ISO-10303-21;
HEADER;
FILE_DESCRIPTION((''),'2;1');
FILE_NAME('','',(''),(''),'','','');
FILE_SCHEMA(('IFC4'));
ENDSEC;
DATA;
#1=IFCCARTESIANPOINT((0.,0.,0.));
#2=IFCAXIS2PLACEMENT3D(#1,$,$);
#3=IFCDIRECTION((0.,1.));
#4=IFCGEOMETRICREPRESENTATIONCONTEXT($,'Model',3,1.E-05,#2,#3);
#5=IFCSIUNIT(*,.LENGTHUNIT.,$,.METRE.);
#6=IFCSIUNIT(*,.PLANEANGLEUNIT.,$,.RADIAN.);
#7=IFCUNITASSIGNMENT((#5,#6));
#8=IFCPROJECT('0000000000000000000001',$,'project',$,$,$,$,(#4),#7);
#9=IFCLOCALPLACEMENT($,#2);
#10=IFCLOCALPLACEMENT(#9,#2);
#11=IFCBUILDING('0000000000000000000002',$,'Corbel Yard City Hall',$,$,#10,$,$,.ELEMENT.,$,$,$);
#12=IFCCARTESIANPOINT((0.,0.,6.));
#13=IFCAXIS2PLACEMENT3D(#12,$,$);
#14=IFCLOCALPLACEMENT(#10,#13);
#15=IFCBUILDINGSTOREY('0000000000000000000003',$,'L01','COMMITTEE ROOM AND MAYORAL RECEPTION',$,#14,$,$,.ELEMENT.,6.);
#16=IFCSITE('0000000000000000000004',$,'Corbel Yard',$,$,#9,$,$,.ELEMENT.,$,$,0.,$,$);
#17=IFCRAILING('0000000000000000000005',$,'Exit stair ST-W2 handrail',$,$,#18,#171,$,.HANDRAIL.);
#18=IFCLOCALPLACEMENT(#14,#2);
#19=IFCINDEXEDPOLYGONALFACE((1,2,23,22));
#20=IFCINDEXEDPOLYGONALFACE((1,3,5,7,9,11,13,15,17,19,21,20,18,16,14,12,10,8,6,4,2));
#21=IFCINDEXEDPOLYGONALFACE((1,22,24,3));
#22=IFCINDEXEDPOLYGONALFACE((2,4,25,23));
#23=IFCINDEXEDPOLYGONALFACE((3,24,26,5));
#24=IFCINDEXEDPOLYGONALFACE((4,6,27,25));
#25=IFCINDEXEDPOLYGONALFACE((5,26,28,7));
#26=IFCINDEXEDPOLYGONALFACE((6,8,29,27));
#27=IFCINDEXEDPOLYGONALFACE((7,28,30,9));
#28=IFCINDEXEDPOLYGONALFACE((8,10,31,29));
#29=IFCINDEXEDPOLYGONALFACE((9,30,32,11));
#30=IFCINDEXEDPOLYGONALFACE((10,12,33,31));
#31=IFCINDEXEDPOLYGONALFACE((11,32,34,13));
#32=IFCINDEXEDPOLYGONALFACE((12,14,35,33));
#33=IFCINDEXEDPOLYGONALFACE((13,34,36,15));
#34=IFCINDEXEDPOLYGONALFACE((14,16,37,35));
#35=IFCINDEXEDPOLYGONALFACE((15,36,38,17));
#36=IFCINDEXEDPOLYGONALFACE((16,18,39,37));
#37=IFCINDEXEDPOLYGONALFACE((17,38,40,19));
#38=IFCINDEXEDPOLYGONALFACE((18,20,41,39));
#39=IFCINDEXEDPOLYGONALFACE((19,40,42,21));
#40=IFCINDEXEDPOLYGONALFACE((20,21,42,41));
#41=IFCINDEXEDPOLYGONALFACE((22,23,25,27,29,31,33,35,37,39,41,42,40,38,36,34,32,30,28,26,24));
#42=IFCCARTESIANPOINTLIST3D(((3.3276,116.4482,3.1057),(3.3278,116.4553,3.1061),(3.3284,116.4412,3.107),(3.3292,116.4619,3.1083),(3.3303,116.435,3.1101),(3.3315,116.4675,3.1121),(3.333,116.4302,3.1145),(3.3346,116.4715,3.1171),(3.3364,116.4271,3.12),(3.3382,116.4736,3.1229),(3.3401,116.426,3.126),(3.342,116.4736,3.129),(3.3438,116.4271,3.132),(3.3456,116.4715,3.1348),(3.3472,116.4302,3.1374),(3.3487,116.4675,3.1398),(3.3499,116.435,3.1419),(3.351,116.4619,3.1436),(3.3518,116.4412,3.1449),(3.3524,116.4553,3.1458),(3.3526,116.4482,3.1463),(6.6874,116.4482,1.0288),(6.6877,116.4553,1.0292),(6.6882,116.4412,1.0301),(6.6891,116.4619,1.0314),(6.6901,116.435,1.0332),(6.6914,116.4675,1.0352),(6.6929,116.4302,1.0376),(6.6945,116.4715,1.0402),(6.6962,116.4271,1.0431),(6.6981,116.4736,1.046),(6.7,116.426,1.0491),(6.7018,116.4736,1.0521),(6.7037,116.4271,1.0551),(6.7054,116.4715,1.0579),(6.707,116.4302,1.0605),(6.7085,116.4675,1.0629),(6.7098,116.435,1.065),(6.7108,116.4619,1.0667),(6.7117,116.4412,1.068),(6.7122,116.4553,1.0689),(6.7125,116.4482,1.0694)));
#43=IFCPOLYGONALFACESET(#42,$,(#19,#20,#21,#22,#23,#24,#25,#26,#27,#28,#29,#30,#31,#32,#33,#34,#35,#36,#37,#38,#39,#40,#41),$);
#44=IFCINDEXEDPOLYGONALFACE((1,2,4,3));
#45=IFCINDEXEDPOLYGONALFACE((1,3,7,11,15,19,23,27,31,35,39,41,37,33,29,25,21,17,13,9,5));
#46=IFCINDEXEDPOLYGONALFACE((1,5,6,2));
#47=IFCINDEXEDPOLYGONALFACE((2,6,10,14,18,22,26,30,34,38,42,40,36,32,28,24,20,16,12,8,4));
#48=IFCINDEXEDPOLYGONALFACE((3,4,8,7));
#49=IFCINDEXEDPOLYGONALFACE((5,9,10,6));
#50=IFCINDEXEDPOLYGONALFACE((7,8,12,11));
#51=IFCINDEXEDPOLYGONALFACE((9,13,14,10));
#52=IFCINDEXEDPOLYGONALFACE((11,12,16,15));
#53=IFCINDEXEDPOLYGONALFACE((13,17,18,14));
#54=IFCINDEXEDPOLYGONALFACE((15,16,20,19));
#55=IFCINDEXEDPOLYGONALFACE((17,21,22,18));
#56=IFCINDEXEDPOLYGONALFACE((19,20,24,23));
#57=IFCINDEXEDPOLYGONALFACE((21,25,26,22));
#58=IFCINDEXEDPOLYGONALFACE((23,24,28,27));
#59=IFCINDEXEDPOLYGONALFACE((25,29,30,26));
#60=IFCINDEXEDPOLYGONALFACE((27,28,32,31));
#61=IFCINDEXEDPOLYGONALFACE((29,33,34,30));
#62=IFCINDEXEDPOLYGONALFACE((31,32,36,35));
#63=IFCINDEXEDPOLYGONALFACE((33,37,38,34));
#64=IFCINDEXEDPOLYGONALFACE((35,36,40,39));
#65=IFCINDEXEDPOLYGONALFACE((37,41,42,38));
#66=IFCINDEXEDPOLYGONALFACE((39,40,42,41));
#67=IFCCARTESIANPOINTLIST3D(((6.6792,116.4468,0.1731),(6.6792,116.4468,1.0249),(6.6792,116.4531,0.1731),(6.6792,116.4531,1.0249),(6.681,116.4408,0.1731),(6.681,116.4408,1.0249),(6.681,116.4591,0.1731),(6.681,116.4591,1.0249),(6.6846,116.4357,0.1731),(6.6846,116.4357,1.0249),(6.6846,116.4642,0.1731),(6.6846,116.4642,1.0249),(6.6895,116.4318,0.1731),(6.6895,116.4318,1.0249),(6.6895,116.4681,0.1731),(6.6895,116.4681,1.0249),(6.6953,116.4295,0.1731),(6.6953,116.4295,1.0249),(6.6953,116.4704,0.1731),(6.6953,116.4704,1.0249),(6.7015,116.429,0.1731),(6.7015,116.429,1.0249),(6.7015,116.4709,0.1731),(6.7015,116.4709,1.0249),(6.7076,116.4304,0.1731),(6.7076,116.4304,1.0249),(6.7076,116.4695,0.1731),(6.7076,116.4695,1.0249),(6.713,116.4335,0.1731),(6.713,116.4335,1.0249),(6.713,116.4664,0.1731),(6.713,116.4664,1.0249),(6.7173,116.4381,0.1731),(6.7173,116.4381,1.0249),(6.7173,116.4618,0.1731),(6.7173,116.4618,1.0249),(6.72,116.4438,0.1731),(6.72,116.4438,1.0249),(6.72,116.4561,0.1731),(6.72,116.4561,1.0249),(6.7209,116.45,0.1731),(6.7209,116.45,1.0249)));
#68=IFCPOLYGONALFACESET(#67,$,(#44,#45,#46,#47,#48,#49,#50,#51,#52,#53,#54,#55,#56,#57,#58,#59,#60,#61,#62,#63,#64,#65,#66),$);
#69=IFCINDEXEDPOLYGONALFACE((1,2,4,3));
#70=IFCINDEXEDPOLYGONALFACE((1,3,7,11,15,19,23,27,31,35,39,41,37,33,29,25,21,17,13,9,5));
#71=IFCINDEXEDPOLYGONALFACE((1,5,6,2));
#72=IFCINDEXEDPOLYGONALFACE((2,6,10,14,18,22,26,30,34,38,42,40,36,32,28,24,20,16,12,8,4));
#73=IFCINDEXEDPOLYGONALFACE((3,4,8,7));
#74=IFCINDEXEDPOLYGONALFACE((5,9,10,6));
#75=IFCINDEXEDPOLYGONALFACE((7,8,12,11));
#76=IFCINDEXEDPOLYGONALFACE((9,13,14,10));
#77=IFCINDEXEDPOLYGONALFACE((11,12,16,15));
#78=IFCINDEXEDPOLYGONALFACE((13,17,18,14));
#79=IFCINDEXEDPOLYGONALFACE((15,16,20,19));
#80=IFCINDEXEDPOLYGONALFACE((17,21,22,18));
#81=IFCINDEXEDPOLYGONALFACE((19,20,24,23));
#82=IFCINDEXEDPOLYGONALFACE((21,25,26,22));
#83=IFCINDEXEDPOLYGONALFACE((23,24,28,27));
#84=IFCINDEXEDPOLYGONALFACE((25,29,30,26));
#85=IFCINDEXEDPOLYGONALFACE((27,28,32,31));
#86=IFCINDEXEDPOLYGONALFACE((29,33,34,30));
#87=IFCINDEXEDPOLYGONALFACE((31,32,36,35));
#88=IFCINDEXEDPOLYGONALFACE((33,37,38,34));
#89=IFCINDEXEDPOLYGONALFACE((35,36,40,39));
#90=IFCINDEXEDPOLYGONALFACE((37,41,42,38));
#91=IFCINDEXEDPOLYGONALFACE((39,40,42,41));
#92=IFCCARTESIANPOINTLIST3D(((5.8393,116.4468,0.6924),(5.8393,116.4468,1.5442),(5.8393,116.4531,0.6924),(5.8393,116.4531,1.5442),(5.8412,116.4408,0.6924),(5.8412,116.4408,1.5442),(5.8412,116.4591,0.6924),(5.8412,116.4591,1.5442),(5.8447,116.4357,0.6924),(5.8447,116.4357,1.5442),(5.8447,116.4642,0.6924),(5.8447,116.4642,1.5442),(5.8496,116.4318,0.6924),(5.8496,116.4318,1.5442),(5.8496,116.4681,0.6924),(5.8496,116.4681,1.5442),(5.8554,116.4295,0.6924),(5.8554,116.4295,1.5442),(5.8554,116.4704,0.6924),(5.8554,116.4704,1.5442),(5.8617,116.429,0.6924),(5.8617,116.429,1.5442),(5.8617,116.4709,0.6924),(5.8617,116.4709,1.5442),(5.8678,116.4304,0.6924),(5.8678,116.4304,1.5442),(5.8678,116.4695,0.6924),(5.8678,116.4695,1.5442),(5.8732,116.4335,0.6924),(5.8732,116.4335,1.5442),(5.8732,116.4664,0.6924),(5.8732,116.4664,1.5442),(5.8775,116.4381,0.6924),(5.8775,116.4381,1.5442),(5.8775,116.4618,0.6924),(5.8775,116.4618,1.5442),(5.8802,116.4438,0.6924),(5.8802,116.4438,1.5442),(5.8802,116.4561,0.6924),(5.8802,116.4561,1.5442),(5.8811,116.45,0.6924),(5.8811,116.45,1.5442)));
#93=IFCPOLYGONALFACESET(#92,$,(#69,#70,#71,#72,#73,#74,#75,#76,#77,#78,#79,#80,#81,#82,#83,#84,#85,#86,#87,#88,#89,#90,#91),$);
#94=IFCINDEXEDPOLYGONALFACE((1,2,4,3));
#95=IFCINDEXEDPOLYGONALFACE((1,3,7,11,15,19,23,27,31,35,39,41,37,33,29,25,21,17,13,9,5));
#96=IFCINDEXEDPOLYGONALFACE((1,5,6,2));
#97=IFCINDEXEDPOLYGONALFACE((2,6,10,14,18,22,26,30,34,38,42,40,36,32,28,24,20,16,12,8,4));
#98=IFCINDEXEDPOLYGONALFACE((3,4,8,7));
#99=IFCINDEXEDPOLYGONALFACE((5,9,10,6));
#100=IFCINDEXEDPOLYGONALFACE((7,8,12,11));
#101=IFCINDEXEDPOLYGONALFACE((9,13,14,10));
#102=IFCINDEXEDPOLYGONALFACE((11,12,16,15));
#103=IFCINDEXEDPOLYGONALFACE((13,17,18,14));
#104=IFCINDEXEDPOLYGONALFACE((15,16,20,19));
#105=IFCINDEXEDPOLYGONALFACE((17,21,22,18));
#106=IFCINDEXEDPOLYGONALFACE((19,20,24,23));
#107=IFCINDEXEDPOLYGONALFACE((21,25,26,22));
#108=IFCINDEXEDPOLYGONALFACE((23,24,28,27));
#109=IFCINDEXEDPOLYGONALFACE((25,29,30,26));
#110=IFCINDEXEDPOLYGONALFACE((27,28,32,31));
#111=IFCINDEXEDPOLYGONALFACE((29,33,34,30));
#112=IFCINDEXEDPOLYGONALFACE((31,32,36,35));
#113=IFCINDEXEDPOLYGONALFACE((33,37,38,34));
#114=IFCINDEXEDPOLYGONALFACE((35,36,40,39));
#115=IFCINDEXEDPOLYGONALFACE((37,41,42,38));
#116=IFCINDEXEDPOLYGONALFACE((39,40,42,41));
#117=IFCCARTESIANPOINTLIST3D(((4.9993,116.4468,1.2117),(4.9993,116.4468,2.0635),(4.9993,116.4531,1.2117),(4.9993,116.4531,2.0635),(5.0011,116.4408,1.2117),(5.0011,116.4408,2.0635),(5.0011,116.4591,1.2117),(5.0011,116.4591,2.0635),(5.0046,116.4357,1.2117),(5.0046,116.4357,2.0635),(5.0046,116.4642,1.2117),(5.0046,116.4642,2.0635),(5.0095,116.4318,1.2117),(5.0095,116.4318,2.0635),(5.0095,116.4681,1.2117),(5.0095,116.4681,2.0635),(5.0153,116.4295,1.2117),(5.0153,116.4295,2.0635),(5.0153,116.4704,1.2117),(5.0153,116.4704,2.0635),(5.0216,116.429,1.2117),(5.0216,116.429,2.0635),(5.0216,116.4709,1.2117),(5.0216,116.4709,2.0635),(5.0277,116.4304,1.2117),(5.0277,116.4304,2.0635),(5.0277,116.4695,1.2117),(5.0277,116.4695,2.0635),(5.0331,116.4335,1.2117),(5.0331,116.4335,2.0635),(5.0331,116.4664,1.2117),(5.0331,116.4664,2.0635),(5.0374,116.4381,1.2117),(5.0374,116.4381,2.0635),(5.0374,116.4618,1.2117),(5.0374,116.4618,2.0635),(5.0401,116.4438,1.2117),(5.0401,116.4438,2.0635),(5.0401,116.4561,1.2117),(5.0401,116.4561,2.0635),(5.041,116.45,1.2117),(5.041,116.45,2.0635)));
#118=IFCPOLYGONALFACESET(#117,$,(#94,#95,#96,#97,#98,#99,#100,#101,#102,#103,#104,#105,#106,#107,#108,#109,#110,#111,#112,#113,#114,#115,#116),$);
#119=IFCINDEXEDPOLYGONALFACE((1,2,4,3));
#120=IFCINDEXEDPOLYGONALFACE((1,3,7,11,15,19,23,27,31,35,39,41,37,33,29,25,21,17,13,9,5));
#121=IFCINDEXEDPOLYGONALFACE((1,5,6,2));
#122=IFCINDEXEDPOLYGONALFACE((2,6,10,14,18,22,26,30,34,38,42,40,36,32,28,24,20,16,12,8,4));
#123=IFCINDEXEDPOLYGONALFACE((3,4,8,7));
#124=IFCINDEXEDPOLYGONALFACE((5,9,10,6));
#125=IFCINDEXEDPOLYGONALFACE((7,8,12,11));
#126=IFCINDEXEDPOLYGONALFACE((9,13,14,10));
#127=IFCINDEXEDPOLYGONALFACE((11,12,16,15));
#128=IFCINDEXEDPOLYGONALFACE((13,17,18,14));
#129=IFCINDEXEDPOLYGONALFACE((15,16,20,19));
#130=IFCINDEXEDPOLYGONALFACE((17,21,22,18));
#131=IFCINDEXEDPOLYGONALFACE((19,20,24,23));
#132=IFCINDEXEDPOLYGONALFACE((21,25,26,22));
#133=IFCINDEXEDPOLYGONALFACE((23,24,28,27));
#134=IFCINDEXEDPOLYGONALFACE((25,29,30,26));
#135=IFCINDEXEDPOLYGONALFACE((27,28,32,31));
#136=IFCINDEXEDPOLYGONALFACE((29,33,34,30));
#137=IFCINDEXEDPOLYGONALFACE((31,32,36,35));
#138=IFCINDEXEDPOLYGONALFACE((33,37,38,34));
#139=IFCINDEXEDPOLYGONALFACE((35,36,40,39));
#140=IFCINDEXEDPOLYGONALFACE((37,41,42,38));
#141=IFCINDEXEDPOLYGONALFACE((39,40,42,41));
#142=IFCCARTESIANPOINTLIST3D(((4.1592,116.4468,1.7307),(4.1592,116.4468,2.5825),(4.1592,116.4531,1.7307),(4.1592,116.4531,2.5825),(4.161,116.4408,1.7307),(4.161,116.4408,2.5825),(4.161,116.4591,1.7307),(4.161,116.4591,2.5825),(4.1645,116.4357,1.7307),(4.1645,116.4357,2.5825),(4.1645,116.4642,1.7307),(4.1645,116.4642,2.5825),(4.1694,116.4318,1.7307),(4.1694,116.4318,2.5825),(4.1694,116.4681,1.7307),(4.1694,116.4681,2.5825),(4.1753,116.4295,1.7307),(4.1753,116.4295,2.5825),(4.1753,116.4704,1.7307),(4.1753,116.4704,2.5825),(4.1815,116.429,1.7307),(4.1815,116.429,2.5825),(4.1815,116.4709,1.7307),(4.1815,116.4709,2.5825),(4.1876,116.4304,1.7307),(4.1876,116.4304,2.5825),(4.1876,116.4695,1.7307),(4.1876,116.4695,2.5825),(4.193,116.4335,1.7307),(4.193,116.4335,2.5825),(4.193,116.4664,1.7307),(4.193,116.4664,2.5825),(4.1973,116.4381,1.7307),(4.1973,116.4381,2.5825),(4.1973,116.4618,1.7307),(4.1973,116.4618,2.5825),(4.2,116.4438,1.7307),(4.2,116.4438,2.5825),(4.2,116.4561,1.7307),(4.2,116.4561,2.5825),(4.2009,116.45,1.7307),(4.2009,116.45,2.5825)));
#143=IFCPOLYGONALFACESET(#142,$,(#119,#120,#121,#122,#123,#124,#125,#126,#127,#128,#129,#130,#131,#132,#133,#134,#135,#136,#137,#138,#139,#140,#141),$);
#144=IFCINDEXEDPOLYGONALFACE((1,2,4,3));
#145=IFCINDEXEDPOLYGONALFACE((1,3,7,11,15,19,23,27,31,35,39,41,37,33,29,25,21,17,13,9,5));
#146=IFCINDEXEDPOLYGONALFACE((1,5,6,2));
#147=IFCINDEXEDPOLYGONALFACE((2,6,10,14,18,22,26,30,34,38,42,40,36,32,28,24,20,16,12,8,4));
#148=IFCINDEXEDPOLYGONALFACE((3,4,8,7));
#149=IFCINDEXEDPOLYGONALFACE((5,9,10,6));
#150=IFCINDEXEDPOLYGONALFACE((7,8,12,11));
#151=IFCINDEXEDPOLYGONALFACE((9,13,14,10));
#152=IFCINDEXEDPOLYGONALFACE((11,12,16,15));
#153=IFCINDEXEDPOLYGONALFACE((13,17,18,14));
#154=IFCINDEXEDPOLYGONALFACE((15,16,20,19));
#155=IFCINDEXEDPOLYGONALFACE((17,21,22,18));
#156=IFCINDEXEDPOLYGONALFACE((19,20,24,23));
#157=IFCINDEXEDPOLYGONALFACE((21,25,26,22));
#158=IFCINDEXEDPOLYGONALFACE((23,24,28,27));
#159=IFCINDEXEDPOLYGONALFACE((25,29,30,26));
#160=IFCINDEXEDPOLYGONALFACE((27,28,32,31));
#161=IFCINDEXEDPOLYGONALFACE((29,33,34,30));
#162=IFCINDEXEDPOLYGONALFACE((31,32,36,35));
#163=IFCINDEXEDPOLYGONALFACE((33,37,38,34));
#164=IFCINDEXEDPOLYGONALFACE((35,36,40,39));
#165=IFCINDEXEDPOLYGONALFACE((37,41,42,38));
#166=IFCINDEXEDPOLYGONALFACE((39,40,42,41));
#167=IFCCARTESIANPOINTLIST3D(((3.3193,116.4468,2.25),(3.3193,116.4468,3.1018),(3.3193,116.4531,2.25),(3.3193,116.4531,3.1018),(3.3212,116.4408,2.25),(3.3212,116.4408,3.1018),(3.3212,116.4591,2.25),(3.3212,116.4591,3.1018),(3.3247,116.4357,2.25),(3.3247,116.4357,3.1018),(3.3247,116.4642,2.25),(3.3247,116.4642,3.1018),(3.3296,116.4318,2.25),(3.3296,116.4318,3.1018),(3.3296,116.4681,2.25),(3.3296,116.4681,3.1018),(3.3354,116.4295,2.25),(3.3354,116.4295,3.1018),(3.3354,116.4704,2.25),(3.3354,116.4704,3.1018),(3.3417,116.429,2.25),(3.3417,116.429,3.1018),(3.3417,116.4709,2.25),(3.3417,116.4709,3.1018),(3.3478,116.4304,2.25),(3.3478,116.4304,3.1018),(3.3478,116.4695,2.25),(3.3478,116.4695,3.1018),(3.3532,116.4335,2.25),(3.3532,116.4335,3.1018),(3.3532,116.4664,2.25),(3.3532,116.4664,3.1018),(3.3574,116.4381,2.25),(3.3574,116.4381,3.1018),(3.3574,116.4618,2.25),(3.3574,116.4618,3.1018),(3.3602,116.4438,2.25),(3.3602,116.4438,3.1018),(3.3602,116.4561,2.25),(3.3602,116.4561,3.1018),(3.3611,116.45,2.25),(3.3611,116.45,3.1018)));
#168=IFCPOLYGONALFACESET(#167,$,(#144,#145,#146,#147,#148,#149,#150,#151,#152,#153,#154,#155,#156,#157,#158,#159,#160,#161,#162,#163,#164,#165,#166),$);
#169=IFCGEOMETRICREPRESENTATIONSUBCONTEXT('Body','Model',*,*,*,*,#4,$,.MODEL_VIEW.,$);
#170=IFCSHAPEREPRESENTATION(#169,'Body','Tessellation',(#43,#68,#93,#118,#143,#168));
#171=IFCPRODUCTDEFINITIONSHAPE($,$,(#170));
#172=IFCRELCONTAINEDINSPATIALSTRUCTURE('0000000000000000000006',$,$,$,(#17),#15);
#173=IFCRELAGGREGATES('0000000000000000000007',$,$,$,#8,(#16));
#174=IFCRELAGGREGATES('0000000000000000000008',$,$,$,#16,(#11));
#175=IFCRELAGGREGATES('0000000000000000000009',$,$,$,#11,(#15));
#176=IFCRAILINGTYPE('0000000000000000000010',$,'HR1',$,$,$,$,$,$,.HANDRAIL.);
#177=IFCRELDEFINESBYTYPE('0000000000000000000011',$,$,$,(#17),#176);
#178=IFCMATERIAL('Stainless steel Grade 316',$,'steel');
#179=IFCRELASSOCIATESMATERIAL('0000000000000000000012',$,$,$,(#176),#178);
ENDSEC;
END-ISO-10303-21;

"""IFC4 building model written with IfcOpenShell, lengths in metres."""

from ifc_helpers import new_model, si_unit, direction, frame, origin, origin_2d, place, context, subcontext, project, spatial, circle, extrude, material, type_object, element, save


model = new_model("IFC4")

# Units and contexts
model_context = context("Model", 3, precision=1e-05, world=origin(), true_north=direction((0.0, 1.0)))
body_context = subcontext(model_context, "Body", "Model", "MODEL_VIEW")
ifc_project = project(units=[si_unit("LENGTHUNIT", "METRE"), si_unit("PLANEANGLEUNIT", "RADIAN")], contexts=[model_context])

# Site, building, storey
site_placement = place(None, origin())
site = spatial("IfcSite", under=ifc_project, at=site_placement, Name="Corbel Yard", CompositionType="ELEMENT", RefElevation=0.0)
building_placement = place(site_placement, origin())
building = spatial("IfcBuilding", under=site, at=building_placement, Name="Corbel Yard City Hall", CompositionType="ELEMENT")
storey_placement = place(building_placement, frame((0.0, 0.0, 6.0)))
storey = spatial("IfcBuildingStorey", under=building, at=storey_placement, Name="L01", Description="COMMITTEE ROOM AND MAYORAL RECEPTION", CompositionType="ELEMENT", Elevation=6.0)

# Shared definitions
ifc_material_1 = material(Name="Stainless steel Grade 316", Category="steel")

# Railing
railing_type = type_object("IfcRailingType", Name="HR1", PredefinedType="HANDRAIL", material=ifc_material_1)
for number, where, name in (
    (1, (6.7, 116.45, 0.1731), "Exit stair ST-W2 handrail"),
):
    element("IfcRailing", number, at=place(storey_placement, frame(where)), inside=storey, type_object=railing_type, Name=name, PredefinedType="HANDRAIL", context=body_context, shape_type="SweptSolid", body=[
        extrude(circle(Radius=0.0239, at=origin_2d()), frame((0.0, 0.0, 0.876), z_axis=(-0.850606, 0.0, 0.525803), x_axis=(0.0, -1.0, 0.0)), (0.0, 0.0, 1.0), 3.95),
        extrude(circle(Radius=0.021, at=origin_2d()), origin(), (0.0, 0.0, 1.0), 0.8518),
        extrude(circle(Radius=0.021, at=origin_2d()), frame((-0.8398, 0.0, 0.5193)), (0.0, 0.0, 1.0), 0.8518),
        extrude(circle(Radius=0.021, at=origin_2d()), frame((-1.6799, 0.0, 1.0386)), (0.0, 0.0, 1.0), 0.8518),
        extrude(circle(Radius=0.021, at=origin_2d()), frame((-2.52, 0.0, 1.5576)), (0.0, 0.0, 1.0), 0.8518),
        extrude(circle(Radius=0.021, at=origin_2d()), frame((-3.3599, 0.0, 2.0769)), (0.0, 0.0, 1.0), 0.8518),
    ])

save(model, "model.ifc")
